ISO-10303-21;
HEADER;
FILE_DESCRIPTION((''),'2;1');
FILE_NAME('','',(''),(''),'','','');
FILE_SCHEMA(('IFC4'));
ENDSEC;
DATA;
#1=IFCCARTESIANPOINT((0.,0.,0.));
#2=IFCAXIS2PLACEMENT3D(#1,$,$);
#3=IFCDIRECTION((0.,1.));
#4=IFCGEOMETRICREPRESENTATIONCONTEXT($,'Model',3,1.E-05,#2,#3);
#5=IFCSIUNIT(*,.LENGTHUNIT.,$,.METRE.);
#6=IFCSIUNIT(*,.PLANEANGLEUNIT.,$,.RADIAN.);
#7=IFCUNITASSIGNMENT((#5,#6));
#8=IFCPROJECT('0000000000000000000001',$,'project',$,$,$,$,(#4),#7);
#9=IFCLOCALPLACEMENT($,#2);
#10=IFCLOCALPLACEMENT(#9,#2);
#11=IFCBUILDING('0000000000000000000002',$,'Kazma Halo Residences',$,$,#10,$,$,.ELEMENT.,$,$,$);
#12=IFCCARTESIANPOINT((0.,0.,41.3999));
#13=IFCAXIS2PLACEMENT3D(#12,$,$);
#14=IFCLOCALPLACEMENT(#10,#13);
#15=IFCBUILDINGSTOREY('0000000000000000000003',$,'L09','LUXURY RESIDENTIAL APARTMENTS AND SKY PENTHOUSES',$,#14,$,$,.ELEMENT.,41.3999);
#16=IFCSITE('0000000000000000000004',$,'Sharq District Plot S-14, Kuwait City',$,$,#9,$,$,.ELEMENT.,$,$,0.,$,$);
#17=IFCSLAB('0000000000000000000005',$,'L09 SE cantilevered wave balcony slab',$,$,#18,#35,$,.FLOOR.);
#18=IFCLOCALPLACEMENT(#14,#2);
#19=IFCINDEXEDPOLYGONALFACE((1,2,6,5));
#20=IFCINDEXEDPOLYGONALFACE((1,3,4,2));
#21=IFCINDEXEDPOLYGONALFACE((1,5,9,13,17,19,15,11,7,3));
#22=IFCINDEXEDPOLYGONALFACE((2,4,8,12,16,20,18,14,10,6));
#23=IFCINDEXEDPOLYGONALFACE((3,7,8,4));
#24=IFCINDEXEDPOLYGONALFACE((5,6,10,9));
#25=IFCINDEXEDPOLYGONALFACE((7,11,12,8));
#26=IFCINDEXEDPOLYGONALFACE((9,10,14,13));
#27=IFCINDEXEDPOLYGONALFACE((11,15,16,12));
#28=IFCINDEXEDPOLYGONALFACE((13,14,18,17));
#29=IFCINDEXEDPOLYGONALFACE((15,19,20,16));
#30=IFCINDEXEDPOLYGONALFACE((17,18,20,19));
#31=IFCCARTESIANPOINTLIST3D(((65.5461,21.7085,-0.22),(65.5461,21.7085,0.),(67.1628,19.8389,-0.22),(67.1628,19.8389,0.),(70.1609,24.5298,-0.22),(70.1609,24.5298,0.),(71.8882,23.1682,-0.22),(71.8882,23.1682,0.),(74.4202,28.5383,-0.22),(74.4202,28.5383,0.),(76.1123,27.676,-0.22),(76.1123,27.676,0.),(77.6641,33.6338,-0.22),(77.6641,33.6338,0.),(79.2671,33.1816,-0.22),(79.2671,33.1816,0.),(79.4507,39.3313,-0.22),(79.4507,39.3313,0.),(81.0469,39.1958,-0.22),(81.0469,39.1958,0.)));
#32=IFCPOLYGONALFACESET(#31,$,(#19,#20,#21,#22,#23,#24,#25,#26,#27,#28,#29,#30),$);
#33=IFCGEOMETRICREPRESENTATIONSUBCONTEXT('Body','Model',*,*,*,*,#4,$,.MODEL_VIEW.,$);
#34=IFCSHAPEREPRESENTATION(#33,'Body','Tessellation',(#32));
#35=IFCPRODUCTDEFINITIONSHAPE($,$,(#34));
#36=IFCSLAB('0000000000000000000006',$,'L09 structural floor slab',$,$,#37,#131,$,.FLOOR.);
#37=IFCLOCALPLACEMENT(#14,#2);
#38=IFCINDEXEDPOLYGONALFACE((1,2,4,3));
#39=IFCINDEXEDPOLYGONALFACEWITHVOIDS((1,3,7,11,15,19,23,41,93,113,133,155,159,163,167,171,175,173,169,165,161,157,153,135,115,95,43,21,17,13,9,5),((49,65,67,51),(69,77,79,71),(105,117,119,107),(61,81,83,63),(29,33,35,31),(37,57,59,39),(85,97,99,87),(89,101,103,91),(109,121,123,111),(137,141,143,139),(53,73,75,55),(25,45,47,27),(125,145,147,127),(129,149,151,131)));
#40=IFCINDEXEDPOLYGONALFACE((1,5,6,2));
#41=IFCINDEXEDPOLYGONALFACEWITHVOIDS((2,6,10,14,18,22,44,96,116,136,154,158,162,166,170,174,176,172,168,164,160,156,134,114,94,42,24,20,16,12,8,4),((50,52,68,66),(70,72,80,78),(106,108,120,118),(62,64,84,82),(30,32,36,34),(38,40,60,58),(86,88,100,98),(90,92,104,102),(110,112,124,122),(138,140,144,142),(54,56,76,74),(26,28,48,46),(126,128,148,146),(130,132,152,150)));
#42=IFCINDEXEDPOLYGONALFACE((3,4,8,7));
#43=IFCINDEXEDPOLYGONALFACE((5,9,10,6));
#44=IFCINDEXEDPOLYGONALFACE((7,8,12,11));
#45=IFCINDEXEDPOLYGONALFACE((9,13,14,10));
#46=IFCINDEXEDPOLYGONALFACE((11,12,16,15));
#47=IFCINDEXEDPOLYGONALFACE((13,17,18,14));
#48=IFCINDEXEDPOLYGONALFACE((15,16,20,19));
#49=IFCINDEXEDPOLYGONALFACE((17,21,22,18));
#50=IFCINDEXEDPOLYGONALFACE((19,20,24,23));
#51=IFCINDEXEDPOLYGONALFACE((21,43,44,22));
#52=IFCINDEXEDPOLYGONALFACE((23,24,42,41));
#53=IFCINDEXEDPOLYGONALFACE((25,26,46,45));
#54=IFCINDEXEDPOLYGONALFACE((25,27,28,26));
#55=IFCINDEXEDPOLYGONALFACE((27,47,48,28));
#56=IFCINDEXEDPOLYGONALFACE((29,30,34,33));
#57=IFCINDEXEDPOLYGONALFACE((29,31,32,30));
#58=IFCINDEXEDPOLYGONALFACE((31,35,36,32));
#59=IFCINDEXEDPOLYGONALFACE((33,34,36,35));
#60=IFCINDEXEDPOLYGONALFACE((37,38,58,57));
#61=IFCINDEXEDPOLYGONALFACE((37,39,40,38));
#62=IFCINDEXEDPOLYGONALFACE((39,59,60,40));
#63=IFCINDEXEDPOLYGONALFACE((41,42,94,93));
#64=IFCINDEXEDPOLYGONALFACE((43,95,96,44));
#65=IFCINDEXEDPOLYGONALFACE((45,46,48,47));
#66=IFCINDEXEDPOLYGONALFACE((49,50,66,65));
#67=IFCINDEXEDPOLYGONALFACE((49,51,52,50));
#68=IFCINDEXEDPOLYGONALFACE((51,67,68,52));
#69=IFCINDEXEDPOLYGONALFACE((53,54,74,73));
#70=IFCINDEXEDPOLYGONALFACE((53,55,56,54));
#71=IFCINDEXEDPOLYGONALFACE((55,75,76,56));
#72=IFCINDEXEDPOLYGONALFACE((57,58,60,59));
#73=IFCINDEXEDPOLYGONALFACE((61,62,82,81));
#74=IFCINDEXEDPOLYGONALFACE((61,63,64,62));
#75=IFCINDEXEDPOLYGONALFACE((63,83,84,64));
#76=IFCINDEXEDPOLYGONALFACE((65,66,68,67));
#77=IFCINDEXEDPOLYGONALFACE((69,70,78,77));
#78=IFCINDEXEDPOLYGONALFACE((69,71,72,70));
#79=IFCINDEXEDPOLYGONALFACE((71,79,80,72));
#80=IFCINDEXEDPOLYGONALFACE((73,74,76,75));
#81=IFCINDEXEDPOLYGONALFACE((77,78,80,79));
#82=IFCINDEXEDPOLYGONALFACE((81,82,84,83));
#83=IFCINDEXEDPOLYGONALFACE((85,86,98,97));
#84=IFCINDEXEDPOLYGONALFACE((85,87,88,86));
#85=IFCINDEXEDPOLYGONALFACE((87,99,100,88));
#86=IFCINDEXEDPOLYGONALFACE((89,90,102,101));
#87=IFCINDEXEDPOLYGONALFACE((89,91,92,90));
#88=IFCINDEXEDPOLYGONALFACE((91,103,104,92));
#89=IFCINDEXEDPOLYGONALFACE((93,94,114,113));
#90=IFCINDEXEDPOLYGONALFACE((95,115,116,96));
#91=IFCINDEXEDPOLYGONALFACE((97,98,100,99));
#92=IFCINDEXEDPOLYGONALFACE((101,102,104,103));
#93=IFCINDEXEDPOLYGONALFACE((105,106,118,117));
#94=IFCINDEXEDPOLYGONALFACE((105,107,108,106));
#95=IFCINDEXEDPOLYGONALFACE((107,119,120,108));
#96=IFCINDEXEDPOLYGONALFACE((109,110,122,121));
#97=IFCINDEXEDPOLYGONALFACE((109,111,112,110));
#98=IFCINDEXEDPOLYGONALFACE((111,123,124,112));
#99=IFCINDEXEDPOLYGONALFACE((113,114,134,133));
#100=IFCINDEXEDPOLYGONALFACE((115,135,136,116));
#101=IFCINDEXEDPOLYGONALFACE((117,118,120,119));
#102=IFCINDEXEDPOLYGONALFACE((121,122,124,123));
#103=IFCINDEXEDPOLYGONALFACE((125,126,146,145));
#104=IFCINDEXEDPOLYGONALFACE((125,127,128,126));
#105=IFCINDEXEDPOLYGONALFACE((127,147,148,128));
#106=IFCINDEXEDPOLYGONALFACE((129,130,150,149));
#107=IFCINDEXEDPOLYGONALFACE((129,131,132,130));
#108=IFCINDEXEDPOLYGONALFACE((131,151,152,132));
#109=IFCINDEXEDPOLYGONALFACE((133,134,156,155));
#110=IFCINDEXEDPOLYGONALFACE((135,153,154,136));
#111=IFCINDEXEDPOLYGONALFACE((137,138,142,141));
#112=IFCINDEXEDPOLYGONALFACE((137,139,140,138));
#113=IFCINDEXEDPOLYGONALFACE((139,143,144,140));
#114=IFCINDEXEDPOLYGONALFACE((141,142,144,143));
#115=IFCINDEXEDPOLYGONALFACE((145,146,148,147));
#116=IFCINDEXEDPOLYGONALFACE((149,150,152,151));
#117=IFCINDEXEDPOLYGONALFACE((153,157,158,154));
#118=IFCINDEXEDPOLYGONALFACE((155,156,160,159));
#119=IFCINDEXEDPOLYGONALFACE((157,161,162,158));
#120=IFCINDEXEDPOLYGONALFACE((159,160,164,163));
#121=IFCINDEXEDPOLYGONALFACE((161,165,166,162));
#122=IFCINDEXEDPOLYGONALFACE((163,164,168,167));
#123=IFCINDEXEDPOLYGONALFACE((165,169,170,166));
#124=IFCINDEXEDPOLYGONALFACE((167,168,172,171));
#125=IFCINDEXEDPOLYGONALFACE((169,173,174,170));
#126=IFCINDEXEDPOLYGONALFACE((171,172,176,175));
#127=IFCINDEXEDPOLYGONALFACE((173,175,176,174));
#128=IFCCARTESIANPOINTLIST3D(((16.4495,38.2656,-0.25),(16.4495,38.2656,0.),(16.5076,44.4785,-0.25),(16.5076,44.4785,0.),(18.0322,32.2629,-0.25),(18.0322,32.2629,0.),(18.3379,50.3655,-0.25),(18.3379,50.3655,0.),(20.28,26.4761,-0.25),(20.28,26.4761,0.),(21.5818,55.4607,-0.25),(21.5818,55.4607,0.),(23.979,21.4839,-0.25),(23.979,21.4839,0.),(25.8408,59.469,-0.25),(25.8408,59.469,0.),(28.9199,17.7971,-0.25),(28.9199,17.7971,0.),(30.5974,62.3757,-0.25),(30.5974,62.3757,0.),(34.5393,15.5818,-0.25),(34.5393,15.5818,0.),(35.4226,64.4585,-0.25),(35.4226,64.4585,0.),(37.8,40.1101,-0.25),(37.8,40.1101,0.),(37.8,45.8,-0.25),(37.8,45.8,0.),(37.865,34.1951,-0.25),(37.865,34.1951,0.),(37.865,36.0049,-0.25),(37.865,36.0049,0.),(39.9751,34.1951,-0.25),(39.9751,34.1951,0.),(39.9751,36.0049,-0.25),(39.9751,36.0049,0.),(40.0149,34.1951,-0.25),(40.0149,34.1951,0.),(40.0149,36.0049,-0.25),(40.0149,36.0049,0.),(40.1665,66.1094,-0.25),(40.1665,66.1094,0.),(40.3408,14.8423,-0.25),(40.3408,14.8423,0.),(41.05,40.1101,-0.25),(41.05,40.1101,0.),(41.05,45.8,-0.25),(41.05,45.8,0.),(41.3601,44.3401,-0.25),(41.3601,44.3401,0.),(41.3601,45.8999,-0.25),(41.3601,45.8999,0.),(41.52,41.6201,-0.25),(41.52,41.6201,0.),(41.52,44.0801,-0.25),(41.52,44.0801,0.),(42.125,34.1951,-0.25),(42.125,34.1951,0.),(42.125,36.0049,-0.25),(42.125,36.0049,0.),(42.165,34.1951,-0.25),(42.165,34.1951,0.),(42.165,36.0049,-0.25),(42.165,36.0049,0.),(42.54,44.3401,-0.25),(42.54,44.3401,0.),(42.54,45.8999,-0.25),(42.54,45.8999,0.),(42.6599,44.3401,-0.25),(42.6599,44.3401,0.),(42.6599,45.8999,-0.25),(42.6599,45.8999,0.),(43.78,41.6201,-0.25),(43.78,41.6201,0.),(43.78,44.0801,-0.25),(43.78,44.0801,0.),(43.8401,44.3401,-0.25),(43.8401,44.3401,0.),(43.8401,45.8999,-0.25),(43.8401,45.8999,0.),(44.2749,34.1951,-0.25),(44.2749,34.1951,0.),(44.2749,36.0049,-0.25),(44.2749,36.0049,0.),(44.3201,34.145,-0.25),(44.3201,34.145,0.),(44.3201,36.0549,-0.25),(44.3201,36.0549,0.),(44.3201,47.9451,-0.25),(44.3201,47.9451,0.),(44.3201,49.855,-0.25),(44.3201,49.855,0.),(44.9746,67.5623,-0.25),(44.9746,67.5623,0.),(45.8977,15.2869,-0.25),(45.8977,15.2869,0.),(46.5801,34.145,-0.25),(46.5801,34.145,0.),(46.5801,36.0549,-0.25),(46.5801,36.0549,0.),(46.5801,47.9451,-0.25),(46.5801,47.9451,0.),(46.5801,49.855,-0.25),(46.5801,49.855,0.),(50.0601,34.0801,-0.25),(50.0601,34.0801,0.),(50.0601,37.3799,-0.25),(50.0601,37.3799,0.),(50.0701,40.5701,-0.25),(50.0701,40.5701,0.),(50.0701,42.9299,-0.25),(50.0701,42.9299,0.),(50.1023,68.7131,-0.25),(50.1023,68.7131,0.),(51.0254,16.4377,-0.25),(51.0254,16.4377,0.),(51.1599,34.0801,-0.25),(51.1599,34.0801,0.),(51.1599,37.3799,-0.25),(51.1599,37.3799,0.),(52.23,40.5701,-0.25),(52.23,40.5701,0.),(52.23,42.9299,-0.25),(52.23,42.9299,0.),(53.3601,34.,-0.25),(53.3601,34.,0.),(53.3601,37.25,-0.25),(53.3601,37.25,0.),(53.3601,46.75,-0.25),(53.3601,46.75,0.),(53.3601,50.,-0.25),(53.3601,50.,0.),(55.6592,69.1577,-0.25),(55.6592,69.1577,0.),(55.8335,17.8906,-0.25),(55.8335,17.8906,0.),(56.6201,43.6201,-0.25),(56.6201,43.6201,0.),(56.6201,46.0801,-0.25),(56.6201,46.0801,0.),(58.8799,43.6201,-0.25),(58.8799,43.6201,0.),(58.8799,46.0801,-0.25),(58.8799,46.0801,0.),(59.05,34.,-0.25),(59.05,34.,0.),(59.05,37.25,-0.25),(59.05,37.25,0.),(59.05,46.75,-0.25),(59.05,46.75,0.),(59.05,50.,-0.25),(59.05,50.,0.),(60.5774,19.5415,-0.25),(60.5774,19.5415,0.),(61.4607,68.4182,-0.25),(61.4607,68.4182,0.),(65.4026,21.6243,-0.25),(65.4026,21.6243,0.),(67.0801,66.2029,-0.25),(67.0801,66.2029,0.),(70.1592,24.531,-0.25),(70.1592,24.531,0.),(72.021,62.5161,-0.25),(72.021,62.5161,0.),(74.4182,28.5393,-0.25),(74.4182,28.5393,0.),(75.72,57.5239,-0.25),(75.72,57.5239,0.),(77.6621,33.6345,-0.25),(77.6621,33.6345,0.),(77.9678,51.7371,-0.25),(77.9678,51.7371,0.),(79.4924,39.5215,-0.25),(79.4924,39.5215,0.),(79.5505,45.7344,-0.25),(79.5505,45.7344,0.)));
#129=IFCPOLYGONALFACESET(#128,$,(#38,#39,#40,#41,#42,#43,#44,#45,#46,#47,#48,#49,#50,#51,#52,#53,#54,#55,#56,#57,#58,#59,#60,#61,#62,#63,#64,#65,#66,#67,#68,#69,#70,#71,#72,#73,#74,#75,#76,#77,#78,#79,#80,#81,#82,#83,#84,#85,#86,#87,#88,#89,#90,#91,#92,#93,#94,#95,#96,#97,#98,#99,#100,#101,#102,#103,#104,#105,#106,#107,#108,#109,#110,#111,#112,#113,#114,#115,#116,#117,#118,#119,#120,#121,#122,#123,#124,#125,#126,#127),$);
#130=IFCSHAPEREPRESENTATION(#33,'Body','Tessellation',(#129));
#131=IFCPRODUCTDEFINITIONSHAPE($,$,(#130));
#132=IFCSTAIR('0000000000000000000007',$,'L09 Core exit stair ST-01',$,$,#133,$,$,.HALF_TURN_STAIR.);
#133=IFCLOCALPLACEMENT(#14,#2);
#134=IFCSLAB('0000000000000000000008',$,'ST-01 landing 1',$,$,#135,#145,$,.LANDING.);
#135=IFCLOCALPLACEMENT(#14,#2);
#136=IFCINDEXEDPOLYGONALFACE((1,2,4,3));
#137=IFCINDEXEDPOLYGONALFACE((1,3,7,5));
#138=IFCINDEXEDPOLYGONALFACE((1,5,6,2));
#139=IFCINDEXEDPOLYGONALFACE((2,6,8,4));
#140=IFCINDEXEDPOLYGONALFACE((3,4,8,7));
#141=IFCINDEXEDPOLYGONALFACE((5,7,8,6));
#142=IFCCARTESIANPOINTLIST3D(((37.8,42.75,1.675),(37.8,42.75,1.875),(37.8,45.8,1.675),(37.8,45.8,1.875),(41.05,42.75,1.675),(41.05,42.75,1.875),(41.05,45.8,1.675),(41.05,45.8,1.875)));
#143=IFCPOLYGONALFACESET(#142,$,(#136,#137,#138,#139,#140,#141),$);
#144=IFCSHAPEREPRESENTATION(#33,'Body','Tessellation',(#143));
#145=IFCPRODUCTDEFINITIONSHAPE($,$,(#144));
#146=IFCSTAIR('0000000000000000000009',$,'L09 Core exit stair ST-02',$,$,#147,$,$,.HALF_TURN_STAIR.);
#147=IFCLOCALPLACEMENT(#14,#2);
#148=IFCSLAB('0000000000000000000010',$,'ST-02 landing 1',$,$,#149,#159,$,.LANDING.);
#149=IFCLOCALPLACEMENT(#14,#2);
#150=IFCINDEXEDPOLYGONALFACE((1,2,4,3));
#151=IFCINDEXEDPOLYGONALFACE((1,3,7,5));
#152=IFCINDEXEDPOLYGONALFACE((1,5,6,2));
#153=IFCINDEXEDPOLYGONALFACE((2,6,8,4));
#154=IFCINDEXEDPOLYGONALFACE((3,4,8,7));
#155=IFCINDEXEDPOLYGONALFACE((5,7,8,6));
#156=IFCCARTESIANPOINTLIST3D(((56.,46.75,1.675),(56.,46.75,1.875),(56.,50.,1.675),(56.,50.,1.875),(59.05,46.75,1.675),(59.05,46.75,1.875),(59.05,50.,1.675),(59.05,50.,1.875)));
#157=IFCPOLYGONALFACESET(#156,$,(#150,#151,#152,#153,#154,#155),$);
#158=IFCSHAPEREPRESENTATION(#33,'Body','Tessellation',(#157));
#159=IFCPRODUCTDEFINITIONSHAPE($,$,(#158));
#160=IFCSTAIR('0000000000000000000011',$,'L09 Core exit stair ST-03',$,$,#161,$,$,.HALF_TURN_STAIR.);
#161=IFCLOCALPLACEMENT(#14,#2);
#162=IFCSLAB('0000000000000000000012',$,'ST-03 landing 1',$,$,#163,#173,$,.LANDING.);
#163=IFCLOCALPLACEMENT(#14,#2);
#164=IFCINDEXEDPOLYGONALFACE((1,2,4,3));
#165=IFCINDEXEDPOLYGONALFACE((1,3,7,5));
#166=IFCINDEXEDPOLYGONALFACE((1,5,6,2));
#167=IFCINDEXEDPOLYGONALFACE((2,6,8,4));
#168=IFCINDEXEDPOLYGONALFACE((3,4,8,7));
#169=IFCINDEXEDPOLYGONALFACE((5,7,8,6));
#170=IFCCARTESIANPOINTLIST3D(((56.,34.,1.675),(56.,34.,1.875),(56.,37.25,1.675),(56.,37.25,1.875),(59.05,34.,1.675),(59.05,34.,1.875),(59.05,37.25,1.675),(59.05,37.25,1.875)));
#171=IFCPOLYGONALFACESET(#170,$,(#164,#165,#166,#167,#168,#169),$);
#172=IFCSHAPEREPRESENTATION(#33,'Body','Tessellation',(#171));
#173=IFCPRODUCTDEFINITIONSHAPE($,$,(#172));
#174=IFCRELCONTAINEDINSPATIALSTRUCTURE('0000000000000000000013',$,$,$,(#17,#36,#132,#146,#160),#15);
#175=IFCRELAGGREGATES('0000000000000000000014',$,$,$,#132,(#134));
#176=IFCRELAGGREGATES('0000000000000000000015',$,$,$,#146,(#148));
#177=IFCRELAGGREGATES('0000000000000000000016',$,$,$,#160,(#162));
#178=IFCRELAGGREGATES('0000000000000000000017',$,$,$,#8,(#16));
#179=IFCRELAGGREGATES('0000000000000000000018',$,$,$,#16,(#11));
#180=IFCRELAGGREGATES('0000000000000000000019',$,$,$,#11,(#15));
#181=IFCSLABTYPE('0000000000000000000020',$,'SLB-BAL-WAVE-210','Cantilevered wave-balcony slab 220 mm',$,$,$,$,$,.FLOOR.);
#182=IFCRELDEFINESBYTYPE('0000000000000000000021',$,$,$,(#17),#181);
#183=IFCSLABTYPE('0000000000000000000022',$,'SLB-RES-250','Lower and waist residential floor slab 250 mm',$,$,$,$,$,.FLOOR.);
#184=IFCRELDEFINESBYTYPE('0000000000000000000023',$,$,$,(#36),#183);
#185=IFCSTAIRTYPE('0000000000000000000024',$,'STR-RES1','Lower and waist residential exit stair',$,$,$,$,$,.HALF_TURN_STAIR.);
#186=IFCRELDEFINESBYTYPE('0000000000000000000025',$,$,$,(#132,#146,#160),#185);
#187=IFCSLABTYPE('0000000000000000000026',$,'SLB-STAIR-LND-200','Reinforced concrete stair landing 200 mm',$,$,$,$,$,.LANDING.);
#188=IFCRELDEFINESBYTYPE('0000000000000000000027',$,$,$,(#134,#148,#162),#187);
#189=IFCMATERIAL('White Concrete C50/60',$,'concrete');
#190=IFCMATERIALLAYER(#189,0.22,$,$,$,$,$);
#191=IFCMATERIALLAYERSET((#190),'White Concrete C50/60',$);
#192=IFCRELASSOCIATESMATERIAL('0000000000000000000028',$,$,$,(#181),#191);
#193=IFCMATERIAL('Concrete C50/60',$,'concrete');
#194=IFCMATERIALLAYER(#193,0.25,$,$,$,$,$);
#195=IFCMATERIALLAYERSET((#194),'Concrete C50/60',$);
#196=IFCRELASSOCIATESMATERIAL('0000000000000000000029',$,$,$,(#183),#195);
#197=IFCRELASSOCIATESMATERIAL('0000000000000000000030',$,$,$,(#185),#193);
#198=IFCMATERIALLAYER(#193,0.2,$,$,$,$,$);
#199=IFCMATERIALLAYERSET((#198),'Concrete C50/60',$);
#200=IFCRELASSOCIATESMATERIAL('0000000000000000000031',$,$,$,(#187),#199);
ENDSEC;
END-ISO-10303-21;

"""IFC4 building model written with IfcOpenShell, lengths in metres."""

from ifc_helpers import new_model, si_unit, direction, frame, origin, place, context, subcontext, project, spatial, polyline, outline, extrude, material, layer, layer_set, type_object, element, aggregate, save


model = new_model("IFC4")

# Units and contexts
model_context = context("Model", 3, precision=1e-05, world=origin(), true_north=direction((0.0, 1.0)))
body_context = subcontext(model_context, "Body", "Model", "MODEL_VIEW")
ifc_project = project(units=[si_unit("LENGTHUNIT", "METRE"), si_unit("PLANEANGLEUNIT", "RADIAN")], contexts=[model_context])

# Site, building, storey
site_placement = place(None, origin())
site = spatial("IfcSite", under=ifc_project, at=site_placement, Name="Sharq District Plot S-14, Kuwait City", CompositionType="ELEMENT", RefElevation=0.0)
building_placement = place(site_placement, origin())
building = spatial("IfcBuilding", under=site, at=building_placement, Name="Kazma Halo Residences", CompositionType="ELEMENT")
storey_placement = place(building_placement, frame((0.0, 0.0, 41.3999)))
storey = spatial("IfcBuildingStorey", under=building, at=storey_placement, Name="L09", Description="LUXURY RESIDENTIAL APARTMENTS AND SKY PENTHOUSES", CompositionType="ELEMENT", Elevation=41.3999)

# Slabs
ifc_material_1 = material(Name="White Concrete C50/60", Category="concrete")
ifc_layer_1 = layer(ifc_material_1, 0.22)
ifc_layer_set_1 = layer_set([ifc_layer_1], Name="White Concrete C50/60")
slab_type_1 = type_object("IfcSlabType", Name="SLB-BAL-WAVE-210", Description="Cantilevered wave-balcony slab 220 mm", PredefinedType="FLOOR", material=ifc_layer_set_1)
slab_1_placement = place(storey_placement, frame((0.0, 0.0, -0.22)))
element("IfcSlab", 1, at=slab_1_placement, inside=storey, type_object=slab_type_1, Name="L09 SE cantilevered wave balcony slab", PredefinedType="FLOOR", context=body_context, shape_type="SweptSolid", body=[
    extrude(outline(polyline([(65.5461, 21.7085), (70.1609, 24.5298), (74.4202, 28.5383), (77.6641, 33.6338), (79.4507, 39.3313), (81.0469, 39.1958), (79.2671, 33.1816), (76.1123, 27.676), (71.8882, 23.1682), (67.1628, 19.8389), (65.5461, 21.7085)])), origin(), (0.0, 0.0, 1.0), 0.22),
])
ifc_material_2 = material(Name="Concrete C50/60", Category="concrete")
ifc_layer_2 = layer(ifc_material_2, 0.25)
ifc_layer_set_2 = layer_set([ifc_layer_2], Name="Concrete C50/60")
slab_type_2 = type_object("IfcSlabType", Name="SLB-RES-250", Description="Lower and waist residential floor slab 250 mm", PredefinedType="FLOOR", material=ifc_layer_set_2)
slab_2_placement = place(storey_placement, frame((0.0, 0.0, -0.25)))
element("IfcSlab", 2, at=slab_2_placement, inside=storey, type_object=slab_type_2, Name="L09 structural floor slab", PredefinedType="FLOOR", context=body_context, shape_type="SweptSolid", body=[
    extrude(outline(polyline([(77.9678, 51.7371), (75.72, 57.5239), (72.021, 62.5161), (67.0801, 66.2029), (61.4607, 68.4182), (55.6592, 69.1577), (50.1023, 68.7131), (44.9746, 67.5623), (40.1665, 66.1094), (35.4226, 64.4585), (30.5974, 62.3757), (25.8408, 59.469), (21.5818, 55.4607), (18.3379, 50.3655), (16.5076, 44.4785), (16.4495, 38.2656), (18.0322, 32.2629), (20.28, 26.4761), (23.979, 21.4839), (28.9199, 17.7971), (34.5393, 15.5818), (40.3408, 14.8423), (45.8977, 15.2869), (51.0254, 16.4377), (55.8335, 17.8906), (60.5774, 19.5415), (65.4026, 21.6243), (70.1592, 24.531), (74.4182, 28.5393), (77.6621, 33.6345), (79.4924, 39.5215), (79.5505, 45.7344), (77.9678, 51.7371)]), holes=[polyline([(37.8, 40.1101), (41.05, 40.1101), (41.05, 45.8), (37.8, 45.8), (37.8, 40.1101)]), polyline([(53.3601, 46.75), (59.05, 46.75), (59.05, 50.0), (53.3601, 50.0), (53.3601, 46.75)]), polyline([(53.3601, 34.0), (59.05, 34.0), (59.05, 37.25), (53.3601, 37.25), (53.3601, 34.0)]), polyline([(41.52, 41.6201), (43.78, 41.6201), (43.78, 44.0801), (41.52, 44.0801), (41.52, 41.6201)]), polyline([(56.6201, 43.6201), (58.8799, 43.6201), (58.8799, 46.0801), (56.6201, 46.0801), (56.6201, 43.6201)]), polyline([(37.865, 34.1951), (39.9751, 34.1951), (39.9751, 36.0049), (37.865, 36.0049), (37.865, 34.1951)]), polyline([(40.0149, 34.1951), (42.125, 34.1951), (42.125, 36.0049), (40.0149, 36.0049), (40.0149, 34.1951)]), polyline([(42.165, 34.1951), (44.2749, 34.1951), (44.2749, 36.0049), (42.165, 36.0049), (42.165, 34.1951)]), polyline([(44.3201, 47.9451), (46.5801, 47.9451), (46.5801, 49.855), (44.3201, 49.855), (44.3201, 47.9451)]), polyline([(44.3201, 34.145), (46.5801, 34.145), (46.5801, 36.0549), (44.3201, 36.0549), (44.3201, 34.145)]), polyline([(50.0701, 40.5701), (52.23, 40.5701), (52.23, 42.9299), (50.0701, 42.9299), (50.0701, 40.5701)]), polyline([(41.3601, 44.3401), (42.54, 44.3401), (42.54, 45.8999), (41.3601, 45.8999), (41.3601, 44.3401)]), polyline([(42.6599, 44.3401), (43.8401, 44.3401), (43.8401, 45.8999), (42.6599, 45.8999), (42.6599, 44.3401)]), polyline([(50.0601, 34.0801), (51.1599, 34.0801), (51.1599, 37.3799), (50.0601, 37.3799), (50.0601, 34.0801)])]), origin(), (0.0, 0.0, 1.0), 0.25),
])

# Stairs, slabs
stair_type = type_object("IfcStairType", Name="STR-RES1", Description="Lower and waist residential exit stair", PredefinedType="HALF_TURN_STAIR", material=ifc_material_2)
stair_1_placement = place(storey_placement, origin())
stair_1 = element("IfcStair", 3, at=stair_1_placement, inside=storey, type_object=stair_type, Name="L09 Core exit stair ST-01", PredefinedType="HALF_TURN_STAIR")
ifc_layer_3 = layer(ifc_material_2, 0.2)
ifc_layer_set_3 = layer_set([ifc_layer_3], Name="Concrete C50/60")
slab_type_3 = type_object("IfcSlabType", Name="SLB-STAIR-LND-200", Description="Reinforced concrete stair landing 200 mm", PredefinedType="LANDING", material=ifc_layer_set_3)
slab_3_placement = place(storey_placement, frame((0.0, 0.0, 1.675)))
slab_3 = element("IfcSlab", 4, at=slab_3_placement, type_object=slab_type_3, Name="ST-01 landing 1", PredefinedType="LANDING", context=body_context, shape_type="SweptSolid", body=[
    extrude(outline(polyline([(41.05, 42.75), (41.05, 45.8), (37.8, 45.8), (37.8, 42.75), (41.05, 42.75)])), origin(), (0.0, 0.0, 1.0), 0.2),
])
aggregate(stair_1, [slab_3])
stair_2_placement = place(storey_placement, origin())
stair_2 = element("IfcStair", 5, at=stair_2_placement, inside=storey, type_object=stair_type, Name="L09 Core exit stair ST-02", PredefinedType="HALF_TURN_STAIR")
slab_4_placement = place(storey_placement, frame((0.0, 0.0, 1.675)))
slab_4 = element("IfcSlab", 6, at=slab_4_placement, type_object=slab_type_3, Name="ST-02 landing 1", PredefinedType="LANDING", context=body_context, shape_type="SweptSolid", body=[
    extrude(outline(polyline([(56.0, 46.75), (59.05, 46.75), (59.05, 50.0), (56.0, 50.0), (56.0, 46.75)])), origin(), (0.0, 0.0, 1.0), 0.2),
])
aggregate(stair_2, [slab_4])
stair_3_placement = place(storey_placement, origin())
stair_3 = element("IfcStair", 7, at=stair_3_placement, inside=storey, type_object=stair_type, Name="L09 Core exit stair ST-03", PredefinedType="HALF_TURN_STAIR")
slab_5_placement = place(storey_placement, frame((0.0, 0.0, 1.675)))
slab_5 = element("IfcSlab", 8, at=slab_5_placement, type_object=slab_type_3, Name="ST-03 landing 1", PredefinedType="LANDING", context=body_context, shape_type="SweptSolid", body=[
    extrude(outline(polyline([(56.0, 34.0), (59.05, 34.0), (59.05, 37.25), (56.0, 37.25), (56.0, 34.0)])), origin(), (0.0, 0.0, 1.0), 0.2),
])
aggregate(stair_3, [slab_5])

save(model, "model.ifc")
